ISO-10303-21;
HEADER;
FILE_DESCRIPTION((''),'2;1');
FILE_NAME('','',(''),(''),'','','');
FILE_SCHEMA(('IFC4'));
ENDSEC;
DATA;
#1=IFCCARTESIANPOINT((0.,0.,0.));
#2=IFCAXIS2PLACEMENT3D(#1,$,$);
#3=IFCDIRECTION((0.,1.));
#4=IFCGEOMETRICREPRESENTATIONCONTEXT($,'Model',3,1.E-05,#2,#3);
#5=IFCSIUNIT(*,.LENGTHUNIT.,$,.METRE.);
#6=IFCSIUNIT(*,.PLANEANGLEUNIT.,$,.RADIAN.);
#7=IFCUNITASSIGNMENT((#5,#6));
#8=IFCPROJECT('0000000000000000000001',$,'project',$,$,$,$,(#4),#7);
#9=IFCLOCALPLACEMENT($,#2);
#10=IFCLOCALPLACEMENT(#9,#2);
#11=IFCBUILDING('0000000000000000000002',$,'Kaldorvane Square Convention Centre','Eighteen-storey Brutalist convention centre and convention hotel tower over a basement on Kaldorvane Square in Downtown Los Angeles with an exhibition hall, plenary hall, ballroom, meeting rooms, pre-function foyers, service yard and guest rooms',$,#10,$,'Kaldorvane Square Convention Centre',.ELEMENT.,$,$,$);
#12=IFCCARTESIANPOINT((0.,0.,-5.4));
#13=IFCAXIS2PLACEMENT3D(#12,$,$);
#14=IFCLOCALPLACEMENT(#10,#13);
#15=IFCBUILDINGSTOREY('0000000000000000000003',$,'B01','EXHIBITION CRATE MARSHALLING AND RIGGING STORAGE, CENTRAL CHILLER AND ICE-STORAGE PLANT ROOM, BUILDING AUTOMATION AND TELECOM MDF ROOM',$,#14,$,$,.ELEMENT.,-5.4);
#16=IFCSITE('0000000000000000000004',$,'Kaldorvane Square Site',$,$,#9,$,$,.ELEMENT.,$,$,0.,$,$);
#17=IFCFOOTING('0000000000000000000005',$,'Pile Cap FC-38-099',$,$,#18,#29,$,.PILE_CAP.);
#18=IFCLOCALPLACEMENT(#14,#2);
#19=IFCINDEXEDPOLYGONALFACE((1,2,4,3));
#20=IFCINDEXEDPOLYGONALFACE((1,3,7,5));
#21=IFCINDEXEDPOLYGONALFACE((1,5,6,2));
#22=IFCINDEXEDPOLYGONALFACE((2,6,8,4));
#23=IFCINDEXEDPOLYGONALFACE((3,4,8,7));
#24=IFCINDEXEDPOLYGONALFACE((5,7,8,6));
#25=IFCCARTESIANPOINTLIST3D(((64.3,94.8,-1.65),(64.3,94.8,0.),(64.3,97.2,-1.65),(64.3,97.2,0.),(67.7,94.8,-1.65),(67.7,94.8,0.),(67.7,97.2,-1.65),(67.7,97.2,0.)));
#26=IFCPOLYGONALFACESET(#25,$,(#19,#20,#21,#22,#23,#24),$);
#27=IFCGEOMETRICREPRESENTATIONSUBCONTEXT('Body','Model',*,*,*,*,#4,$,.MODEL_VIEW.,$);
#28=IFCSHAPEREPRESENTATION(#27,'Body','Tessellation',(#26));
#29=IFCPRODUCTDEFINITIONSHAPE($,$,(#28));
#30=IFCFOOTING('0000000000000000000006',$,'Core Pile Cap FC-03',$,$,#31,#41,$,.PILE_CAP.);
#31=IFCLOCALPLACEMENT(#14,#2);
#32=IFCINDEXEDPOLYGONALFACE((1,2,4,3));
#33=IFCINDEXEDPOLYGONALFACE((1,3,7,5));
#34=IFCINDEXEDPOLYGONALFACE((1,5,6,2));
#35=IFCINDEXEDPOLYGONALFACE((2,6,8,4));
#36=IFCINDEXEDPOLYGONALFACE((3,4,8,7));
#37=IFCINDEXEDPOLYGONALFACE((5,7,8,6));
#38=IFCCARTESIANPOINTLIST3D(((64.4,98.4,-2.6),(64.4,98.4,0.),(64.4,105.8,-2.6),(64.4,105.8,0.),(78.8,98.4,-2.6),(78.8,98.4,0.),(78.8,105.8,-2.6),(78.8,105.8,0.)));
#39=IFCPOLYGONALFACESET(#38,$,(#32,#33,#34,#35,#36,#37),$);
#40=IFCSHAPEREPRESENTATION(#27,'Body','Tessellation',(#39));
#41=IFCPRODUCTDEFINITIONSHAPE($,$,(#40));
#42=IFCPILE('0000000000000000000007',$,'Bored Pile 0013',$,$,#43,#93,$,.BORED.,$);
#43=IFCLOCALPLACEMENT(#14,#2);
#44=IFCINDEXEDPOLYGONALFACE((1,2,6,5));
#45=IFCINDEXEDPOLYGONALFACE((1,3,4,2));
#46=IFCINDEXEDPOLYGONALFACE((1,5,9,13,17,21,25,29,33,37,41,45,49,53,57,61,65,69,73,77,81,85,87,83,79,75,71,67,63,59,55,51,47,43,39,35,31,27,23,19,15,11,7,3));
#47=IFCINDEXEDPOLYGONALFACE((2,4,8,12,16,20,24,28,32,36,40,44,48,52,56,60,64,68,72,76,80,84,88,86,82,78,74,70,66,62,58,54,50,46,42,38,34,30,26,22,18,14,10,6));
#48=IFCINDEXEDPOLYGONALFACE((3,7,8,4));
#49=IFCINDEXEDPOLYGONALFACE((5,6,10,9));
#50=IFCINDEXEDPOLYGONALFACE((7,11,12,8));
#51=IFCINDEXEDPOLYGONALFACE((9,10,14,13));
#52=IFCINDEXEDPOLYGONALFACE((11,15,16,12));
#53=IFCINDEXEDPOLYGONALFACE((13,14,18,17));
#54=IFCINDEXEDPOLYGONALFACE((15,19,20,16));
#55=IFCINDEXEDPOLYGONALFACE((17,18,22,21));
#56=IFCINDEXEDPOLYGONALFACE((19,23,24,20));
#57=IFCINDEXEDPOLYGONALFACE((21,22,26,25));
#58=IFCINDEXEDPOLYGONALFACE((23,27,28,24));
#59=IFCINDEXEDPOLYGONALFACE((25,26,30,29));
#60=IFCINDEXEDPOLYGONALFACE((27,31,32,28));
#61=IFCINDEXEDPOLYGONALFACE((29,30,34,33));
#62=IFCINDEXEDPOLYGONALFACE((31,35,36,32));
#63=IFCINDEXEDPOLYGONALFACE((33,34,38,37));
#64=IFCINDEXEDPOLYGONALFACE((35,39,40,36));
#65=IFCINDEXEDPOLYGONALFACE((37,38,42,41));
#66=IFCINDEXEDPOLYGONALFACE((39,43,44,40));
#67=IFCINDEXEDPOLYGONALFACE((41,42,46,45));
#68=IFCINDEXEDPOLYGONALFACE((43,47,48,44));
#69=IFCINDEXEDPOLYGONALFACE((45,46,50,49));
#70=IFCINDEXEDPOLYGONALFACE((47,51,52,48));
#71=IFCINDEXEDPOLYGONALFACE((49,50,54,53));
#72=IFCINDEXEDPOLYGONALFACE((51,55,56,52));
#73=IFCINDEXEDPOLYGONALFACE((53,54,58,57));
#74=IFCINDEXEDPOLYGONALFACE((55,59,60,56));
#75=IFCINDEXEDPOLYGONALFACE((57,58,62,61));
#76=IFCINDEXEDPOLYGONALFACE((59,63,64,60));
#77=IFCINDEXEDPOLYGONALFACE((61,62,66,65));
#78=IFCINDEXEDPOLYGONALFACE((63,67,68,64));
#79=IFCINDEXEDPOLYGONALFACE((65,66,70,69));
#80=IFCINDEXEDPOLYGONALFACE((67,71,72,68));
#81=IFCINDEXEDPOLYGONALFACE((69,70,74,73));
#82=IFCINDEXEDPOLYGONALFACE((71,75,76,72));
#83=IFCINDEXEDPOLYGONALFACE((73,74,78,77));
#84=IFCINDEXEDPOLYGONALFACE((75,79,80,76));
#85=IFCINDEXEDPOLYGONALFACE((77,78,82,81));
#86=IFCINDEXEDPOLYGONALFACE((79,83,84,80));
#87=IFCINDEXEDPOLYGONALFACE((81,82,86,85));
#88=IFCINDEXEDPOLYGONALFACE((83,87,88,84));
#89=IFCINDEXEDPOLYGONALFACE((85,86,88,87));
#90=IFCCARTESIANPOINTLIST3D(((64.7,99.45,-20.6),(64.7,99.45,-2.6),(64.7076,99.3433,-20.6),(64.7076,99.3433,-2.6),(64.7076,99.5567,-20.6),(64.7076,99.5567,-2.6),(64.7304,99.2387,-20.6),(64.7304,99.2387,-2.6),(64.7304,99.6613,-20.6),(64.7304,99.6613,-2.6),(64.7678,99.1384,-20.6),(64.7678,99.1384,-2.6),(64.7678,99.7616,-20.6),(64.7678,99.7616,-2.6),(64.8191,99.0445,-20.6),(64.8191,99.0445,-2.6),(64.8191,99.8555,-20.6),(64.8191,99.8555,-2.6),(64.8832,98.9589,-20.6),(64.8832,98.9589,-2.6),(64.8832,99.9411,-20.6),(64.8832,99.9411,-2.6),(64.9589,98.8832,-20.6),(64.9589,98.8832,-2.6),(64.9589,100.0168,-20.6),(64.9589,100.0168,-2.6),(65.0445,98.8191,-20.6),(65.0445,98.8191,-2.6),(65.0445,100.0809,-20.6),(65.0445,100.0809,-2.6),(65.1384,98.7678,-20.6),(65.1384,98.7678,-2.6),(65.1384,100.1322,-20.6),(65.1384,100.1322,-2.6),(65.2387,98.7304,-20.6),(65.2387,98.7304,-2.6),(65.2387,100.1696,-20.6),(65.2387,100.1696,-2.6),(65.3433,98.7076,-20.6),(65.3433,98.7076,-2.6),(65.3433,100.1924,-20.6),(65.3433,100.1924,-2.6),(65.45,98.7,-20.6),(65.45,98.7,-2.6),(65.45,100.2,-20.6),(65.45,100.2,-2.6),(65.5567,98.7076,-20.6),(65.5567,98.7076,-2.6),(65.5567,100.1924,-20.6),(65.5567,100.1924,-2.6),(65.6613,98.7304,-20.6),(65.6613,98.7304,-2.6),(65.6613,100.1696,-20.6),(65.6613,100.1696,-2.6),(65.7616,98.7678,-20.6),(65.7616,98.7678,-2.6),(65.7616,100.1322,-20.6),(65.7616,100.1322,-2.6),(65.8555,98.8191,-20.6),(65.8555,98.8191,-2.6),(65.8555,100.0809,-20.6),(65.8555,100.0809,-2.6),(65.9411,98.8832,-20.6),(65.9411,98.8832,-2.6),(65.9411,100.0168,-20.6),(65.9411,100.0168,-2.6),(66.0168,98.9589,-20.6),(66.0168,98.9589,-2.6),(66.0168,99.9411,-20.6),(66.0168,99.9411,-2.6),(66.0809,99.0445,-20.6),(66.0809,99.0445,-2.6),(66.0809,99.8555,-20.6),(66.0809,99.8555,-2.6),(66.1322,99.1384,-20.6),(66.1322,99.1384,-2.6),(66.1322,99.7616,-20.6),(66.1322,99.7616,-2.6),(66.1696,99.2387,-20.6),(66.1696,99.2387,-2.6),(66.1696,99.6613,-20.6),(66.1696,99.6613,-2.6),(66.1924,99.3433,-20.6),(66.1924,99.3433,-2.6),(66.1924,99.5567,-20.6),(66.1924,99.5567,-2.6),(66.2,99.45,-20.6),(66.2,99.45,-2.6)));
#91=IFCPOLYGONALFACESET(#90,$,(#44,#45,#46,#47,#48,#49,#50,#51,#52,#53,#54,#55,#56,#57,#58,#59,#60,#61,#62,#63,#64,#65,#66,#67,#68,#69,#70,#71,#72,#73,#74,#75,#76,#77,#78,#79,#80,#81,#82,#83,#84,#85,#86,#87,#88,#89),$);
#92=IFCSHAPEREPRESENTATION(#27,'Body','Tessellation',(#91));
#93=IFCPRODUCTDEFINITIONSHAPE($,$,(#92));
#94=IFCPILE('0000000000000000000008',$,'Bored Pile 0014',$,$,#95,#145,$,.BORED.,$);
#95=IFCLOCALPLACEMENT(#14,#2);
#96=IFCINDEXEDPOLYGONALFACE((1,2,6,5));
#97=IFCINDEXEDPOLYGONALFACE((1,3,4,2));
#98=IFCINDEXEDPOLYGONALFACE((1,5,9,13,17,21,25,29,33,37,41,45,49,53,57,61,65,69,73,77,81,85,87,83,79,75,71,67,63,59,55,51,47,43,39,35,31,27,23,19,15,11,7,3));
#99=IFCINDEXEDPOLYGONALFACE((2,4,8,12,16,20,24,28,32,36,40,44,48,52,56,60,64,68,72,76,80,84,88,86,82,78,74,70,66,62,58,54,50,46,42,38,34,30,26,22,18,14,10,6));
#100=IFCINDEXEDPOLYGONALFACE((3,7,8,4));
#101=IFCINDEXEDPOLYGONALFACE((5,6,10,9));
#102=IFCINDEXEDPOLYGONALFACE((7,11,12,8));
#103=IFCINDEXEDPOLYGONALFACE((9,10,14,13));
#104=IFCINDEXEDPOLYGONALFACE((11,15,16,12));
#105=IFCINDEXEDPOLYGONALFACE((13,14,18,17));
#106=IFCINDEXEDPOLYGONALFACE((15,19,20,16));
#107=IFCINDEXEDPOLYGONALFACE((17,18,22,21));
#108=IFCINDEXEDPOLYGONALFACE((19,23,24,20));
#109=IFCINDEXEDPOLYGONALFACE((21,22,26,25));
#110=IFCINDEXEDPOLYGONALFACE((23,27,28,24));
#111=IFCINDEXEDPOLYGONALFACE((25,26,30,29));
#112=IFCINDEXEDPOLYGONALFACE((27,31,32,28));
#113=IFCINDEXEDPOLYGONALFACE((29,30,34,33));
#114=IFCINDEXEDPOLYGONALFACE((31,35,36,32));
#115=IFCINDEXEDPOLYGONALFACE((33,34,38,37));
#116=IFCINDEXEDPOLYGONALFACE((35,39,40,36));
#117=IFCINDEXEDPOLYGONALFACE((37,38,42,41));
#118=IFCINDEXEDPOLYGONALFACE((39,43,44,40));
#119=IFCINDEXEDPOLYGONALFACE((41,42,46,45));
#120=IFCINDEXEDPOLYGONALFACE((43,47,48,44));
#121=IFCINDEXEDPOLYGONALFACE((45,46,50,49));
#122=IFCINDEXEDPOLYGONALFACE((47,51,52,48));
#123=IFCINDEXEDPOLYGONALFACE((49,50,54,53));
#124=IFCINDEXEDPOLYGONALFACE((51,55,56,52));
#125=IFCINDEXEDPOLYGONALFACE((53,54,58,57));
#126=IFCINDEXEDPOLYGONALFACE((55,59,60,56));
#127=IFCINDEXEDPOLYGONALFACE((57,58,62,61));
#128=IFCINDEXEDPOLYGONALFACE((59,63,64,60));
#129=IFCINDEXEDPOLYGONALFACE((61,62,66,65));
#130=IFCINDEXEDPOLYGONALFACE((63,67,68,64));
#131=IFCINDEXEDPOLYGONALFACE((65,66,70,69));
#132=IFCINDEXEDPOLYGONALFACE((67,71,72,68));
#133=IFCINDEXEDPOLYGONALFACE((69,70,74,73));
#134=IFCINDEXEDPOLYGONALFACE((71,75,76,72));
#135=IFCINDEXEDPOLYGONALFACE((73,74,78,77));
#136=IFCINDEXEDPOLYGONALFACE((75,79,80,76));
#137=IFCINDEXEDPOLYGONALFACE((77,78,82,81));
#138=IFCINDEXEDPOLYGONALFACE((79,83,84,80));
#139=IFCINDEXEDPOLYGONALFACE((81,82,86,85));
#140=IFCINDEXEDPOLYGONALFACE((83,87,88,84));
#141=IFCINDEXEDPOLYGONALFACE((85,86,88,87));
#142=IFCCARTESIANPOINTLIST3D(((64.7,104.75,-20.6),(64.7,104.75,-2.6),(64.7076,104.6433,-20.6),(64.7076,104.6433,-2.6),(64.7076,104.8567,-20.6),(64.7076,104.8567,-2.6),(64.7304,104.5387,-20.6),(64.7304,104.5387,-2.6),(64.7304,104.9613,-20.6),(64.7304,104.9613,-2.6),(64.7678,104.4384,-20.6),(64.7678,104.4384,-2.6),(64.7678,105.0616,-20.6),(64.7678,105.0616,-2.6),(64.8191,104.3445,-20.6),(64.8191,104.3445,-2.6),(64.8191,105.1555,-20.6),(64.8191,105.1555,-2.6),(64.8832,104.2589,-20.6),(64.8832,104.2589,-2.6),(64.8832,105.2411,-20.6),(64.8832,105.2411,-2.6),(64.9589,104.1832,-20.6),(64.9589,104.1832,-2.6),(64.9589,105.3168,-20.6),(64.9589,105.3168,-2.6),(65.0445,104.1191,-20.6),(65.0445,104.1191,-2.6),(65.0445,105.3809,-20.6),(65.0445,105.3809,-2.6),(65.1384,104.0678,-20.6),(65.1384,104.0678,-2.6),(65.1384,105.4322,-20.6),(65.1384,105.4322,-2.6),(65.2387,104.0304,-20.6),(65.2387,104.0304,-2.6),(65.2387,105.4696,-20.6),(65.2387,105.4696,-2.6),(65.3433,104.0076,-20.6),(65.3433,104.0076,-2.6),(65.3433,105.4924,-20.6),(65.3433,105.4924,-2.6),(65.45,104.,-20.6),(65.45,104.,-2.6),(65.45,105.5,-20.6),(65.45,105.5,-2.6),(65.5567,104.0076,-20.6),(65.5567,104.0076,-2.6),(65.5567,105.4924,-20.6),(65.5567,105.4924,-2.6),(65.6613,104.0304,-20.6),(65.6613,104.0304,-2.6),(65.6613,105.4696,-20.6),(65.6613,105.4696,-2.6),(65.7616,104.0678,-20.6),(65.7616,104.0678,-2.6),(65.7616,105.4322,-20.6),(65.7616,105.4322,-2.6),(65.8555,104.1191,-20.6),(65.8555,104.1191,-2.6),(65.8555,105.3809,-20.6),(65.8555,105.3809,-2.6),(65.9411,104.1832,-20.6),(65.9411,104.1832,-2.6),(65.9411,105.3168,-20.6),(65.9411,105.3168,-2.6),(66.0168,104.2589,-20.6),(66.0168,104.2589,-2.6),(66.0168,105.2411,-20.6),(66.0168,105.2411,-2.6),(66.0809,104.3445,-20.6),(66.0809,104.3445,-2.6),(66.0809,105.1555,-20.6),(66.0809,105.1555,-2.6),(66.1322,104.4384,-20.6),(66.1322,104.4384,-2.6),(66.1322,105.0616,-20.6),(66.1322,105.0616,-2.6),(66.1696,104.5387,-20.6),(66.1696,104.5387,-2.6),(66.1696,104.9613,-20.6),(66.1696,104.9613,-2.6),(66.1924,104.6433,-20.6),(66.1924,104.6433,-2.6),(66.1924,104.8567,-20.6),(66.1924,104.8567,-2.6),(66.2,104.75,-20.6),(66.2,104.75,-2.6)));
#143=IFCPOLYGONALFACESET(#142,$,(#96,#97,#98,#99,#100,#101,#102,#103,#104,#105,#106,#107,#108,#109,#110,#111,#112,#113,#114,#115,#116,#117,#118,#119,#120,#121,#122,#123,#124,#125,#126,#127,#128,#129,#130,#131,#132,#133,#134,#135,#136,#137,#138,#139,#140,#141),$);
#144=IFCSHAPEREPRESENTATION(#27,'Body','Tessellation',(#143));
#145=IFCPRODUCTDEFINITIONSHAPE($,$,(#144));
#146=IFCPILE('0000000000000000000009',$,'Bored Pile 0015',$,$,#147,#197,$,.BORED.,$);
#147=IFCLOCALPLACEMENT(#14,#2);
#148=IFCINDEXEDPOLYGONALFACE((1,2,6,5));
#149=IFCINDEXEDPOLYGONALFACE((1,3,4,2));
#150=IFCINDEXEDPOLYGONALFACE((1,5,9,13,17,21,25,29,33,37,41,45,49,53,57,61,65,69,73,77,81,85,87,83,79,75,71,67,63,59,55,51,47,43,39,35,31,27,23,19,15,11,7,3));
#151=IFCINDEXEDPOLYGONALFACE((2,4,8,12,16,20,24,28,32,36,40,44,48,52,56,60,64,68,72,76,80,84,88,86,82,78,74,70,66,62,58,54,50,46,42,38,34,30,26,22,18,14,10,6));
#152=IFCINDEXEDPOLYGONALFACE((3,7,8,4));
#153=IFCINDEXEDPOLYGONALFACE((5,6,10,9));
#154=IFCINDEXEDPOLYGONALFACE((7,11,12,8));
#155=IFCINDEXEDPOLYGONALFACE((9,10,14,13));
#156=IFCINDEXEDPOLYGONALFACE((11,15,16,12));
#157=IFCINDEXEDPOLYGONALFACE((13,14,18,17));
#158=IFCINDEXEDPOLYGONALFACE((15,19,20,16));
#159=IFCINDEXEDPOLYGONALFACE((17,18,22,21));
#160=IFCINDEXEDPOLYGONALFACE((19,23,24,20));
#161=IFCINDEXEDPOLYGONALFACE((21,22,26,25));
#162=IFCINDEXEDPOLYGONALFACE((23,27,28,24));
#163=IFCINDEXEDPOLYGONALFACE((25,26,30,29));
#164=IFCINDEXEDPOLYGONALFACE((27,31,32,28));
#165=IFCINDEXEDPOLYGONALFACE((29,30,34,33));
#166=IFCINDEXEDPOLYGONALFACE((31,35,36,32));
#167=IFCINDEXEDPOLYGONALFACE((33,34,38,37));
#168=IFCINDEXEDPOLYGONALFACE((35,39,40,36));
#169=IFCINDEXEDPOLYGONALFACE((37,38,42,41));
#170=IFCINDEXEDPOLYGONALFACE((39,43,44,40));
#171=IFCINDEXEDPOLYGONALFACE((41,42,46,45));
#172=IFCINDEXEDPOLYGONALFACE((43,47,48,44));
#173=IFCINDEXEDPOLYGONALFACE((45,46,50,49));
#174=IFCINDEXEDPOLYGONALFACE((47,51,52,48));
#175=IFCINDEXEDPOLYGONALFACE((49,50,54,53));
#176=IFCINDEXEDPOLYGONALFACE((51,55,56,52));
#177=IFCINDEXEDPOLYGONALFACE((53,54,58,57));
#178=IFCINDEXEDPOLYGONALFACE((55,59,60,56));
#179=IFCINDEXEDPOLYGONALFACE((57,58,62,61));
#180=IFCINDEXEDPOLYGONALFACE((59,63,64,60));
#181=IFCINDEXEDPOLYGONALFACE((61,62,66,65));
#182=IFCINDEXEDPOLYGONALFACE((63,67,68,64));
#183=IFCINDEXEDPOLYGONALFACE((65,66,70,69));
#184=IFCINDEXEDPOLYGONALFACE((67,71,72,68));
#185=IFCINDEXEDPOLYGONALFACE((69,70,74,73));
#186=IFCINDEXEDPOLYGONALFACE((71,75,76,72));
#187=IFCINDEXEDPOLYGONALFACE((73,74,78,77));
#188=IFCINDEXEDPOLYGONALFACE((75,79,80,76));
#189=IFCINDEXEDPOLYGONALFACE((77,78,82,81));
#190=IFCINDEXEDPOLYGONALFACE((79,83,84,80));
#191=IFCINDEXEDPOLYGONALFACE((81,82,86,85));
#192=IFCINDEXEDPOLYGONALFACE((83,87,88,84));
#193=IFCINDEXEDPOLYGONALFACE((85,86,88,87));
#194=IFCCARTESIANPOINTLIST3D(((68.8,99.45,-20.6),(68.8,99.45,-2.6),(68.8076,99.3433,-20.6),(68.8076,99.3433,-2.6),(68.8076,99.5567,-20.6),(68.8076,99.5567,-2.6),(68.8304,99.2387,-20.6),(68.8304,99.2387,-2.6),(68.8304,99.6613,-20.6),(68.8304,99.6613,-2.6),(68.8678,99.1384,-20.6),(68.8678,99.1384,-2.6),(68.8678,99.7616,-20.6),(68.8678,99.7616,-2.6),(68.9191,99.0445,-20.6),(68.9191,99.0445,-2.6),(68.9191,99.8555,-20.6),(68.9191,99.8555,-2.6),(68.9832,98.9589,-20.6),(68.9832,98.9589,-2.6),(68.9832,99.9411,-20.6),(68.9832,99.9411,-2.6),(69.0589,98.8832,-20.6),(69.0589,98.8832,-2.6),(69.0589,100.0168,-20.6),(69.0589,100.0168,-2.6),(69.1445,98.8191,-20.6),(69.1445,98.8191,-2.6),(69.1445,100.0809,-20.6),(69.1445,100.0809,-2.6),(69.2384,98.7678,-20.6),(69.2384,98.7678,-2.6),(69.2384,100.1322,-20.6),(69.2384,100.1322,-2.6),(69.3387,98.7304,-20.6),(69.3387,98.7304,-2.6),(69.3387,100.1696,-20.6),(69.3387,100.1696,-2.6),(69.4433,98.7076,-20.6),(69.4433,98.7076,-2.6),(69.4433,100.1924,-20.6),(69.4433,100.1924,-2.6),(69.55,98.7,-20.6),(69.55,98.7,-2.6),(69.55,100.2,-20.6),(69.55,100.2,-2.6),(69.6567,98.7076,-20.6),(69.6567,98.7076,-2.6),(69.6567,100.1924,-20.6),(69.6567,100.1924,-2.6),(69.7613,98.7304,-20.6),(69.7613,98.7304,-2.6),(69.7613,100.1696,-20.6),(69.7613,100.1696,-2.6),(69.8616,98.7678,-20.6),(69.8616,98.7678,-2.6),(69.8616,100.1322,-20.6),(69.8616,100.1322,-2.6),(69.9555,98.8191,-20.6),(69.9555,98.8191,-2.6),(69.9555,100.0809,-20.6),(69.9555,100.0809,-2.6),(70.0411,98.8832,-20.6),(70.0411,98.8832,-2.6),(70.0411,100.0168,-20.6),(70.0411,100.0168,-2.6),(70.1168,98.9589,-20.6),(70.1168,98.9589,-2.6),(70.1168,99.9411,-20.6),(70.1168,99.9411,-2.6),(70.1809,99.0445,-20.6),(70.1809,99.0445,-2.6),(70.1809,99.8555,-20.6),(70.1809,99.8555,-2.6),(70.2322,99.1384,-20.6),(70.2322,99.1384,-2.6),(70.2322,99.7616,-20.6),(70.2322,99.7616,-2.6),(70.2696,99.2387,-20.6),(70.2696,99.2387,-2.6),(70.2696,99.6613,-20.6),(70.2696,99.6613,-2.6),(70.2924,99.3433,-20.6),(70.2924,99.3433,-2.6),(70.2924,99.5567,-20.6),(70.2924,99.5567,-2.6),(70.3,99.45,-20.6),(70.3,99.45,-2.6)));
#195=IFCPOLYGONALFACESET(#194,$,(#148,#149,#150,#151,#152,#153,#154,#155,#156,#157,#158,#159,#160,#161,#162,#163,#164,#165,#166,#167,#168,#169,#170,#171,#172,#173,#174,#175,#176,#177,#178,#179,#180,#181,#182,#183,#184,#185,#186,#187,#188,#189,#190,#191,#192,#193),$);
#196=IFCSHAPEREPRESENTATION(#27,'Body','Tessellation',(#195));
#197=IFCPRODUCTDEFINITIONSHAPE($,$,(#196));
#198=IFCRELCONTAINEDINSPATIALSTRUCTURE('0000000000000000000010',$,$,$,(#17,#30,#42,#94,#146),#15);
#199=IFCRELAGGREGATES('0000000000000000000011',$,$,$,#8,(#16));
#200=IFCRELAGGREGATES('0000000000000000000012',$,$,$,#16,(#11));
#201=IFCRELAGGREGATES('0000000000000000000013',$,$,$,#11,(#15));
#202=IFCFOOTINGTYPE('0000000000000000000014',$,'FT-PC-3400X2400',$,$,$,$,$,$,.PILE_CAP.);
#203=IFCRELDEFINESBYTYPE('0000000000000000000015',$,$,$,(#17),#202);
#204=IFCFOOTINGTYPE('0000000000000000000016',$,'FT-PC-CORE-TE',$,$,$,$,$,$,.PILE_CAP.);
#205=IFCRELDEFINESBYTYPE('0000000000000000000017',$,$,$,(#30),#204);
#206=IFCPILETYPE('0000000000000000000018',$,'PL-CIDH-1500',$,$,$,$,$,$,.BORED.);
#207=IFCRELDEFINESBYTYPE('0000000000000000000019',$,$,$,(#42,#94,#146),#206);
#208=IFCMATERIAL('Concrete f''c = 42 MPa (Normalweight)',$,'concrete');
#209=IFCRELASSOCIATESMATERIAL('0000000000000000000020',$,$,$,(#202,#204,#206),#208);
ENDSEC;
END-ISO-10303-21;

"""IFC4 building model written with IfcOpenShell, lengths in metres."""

from ifc_helpers import new_model, si_unit, direction, frame, origin, origin_2d, place, context, subcontext, project, spatial, rectangle, circle, extrude, material, material_profile, profile_set, type_object, element, save


model = new_model("IFC4")

# Units and contexts
model_context = context("Model", 3, precision=1e-05, world=origin(), true_north=direction((0.0, 1.0)))
body_context = subcontext(model_context, "Body", "Model", "MODEL_VIEW")
ifc_project = project(units=[si_unit("LENGTHUNIT", "METRE"), si_unit("PLANEANGLEUNIT", "RADIAN")], contexts=[model_context])

# Site, building, storey
site_placement = place(None, origin())
site = spatial("IfcSite", under=ifc_project, at=site_placement, Name="Kaldorvane Square Site", CompositionType="ELEMENT", RefElevation=0.0)
building_placement = place(site_placement, origin())
building = spatial("IfcBuilding", under=site, at=building_placement, Name="Kaldorvane Square Convention Centre", Description="Eighteen-storey Brutalist convention centre and convention hotel tower over a basement on Kaldorvane Square in Downtown Los Angeles with an exhibition hall, plenary hall, ballroom, meeting rooms, pre-function foyers, service yard and guest rooms", LongName="Kaldorvane Square Convention Centre", CompositionType="ELEMENT")
storey_placement = place(building_placement, frame((0.0, 0.0, -5.4)))
storey = spatial("IfcBuildingStorey", under=building, at=storey_placement, Name="B01", Description="EXHIBITION CRATE MARSHALLING AND RIGGING STORAGE, CENTRAL CHILLER AND ICE-STORAGE PLANT ROOM, BUILDING AUTOMATION AND TELECOM MDF ROOM", CompositionType="ELEMENT", Elevation=-5.4)

# Footings
ifc_material_1 = material(Name="Concrete f'c = 42 MPa (Normalweight)", Category="concrete")
footing_type_1 = type_object("IfcFootingType", Name="FT-PC-3400X2400", PredefinedType="PILE_CAP", material=ifc_material_1)
footing_1_placement = place(storey_placement, frame((66.0, 96.0, -1.65), z_axis=(0.0, 0.0, 1.0), x_axis=(1.0, 0.0, 0.0)))
element("IfcFooting", 1, at=footing_1_placement, inside=storey, type_object=footing_type_1, Name="Pile Cap FC-38-099", PredefinedType="PILE_CAP", context=body_context, shape_type="SweptSolid", body=[
    extrude(rectangle(XDim=3.4, YDim=2.4, at=origin_2d()), origin(), (0.0, 0.0, 1.0), 1.65),
])
footing_type_2 = type_object("IfcFootingType", Name="FT-PC-CORE-TE", PredefinedType="PILE_CAP", material=ifc_material_1)
footing_2_placement = place(storey_placement, frame((71.6, 102.1, -2.6), z_axis=(0.0, 0.0, 1.0), x_axis=(1.0, 0.0, 0.0)))
element("IfcFooting", 2, at=footing_2_placement, inside=storey, type_object=footing_type_2, Name="Core Pile Cap FC-03", PredefinedType="PILE_CAP", context=body_context, shape_type="SweptSolid", body=[
    extrude(rectangle(XDim=14.4, YDim=7.4, at=origin_2d()), origin(), (0.0, 0.0, 1.0), 2.6),
])

# Piles
ifc_material_profile_1 = material_profile(ifc_material_1, circle(Radius=0.75, at=origin_2d()), Name="PILE-D1500")
ifc_profile_set_1 = profile_set([ifc_material_profile_1], Name="Concrete f'c = 42 MPa (Normalweight)")
pile_type_1 = type_object("IfcPileType", Name="PL-CIDH-1500", PredefinedType="BORED", material=ifc_profile_set_1)
for number, where, z_axis, x_axis, name in (
    (3, (65.45, 99.45, -2.6), (0.0, 0.0, -1.0), (1.0, 0.0, 0.0), "Bored Pile 0013"),
    (4, (65.45, 104.75, -2.6), (0.0, 0.0, -1.0), (1.0, 0.0, 0.0), "Bored Pile 0014"),
    (5, (69.55, 99.45, -2.6), (0.0, 0.0, -1.0), (1.0, 0.0, 0.0), "Bored Pile 0015"),
):
    element("IfcPile", number, at=place(storey_placement, frame(where, z_axis=z_axis, x_axis=x_axis)), inside=storey, type_object=pile_type_1, Name=name, PredefinedType="BORED", context=body_context, shape_type="SweptSolid", body=[
        extrude(circle(Radius=0.75, at=origin_2d()), origin(), (0.0, 0.0, 1.0), 18.0),
    ])

save(model, "model.ifc")
